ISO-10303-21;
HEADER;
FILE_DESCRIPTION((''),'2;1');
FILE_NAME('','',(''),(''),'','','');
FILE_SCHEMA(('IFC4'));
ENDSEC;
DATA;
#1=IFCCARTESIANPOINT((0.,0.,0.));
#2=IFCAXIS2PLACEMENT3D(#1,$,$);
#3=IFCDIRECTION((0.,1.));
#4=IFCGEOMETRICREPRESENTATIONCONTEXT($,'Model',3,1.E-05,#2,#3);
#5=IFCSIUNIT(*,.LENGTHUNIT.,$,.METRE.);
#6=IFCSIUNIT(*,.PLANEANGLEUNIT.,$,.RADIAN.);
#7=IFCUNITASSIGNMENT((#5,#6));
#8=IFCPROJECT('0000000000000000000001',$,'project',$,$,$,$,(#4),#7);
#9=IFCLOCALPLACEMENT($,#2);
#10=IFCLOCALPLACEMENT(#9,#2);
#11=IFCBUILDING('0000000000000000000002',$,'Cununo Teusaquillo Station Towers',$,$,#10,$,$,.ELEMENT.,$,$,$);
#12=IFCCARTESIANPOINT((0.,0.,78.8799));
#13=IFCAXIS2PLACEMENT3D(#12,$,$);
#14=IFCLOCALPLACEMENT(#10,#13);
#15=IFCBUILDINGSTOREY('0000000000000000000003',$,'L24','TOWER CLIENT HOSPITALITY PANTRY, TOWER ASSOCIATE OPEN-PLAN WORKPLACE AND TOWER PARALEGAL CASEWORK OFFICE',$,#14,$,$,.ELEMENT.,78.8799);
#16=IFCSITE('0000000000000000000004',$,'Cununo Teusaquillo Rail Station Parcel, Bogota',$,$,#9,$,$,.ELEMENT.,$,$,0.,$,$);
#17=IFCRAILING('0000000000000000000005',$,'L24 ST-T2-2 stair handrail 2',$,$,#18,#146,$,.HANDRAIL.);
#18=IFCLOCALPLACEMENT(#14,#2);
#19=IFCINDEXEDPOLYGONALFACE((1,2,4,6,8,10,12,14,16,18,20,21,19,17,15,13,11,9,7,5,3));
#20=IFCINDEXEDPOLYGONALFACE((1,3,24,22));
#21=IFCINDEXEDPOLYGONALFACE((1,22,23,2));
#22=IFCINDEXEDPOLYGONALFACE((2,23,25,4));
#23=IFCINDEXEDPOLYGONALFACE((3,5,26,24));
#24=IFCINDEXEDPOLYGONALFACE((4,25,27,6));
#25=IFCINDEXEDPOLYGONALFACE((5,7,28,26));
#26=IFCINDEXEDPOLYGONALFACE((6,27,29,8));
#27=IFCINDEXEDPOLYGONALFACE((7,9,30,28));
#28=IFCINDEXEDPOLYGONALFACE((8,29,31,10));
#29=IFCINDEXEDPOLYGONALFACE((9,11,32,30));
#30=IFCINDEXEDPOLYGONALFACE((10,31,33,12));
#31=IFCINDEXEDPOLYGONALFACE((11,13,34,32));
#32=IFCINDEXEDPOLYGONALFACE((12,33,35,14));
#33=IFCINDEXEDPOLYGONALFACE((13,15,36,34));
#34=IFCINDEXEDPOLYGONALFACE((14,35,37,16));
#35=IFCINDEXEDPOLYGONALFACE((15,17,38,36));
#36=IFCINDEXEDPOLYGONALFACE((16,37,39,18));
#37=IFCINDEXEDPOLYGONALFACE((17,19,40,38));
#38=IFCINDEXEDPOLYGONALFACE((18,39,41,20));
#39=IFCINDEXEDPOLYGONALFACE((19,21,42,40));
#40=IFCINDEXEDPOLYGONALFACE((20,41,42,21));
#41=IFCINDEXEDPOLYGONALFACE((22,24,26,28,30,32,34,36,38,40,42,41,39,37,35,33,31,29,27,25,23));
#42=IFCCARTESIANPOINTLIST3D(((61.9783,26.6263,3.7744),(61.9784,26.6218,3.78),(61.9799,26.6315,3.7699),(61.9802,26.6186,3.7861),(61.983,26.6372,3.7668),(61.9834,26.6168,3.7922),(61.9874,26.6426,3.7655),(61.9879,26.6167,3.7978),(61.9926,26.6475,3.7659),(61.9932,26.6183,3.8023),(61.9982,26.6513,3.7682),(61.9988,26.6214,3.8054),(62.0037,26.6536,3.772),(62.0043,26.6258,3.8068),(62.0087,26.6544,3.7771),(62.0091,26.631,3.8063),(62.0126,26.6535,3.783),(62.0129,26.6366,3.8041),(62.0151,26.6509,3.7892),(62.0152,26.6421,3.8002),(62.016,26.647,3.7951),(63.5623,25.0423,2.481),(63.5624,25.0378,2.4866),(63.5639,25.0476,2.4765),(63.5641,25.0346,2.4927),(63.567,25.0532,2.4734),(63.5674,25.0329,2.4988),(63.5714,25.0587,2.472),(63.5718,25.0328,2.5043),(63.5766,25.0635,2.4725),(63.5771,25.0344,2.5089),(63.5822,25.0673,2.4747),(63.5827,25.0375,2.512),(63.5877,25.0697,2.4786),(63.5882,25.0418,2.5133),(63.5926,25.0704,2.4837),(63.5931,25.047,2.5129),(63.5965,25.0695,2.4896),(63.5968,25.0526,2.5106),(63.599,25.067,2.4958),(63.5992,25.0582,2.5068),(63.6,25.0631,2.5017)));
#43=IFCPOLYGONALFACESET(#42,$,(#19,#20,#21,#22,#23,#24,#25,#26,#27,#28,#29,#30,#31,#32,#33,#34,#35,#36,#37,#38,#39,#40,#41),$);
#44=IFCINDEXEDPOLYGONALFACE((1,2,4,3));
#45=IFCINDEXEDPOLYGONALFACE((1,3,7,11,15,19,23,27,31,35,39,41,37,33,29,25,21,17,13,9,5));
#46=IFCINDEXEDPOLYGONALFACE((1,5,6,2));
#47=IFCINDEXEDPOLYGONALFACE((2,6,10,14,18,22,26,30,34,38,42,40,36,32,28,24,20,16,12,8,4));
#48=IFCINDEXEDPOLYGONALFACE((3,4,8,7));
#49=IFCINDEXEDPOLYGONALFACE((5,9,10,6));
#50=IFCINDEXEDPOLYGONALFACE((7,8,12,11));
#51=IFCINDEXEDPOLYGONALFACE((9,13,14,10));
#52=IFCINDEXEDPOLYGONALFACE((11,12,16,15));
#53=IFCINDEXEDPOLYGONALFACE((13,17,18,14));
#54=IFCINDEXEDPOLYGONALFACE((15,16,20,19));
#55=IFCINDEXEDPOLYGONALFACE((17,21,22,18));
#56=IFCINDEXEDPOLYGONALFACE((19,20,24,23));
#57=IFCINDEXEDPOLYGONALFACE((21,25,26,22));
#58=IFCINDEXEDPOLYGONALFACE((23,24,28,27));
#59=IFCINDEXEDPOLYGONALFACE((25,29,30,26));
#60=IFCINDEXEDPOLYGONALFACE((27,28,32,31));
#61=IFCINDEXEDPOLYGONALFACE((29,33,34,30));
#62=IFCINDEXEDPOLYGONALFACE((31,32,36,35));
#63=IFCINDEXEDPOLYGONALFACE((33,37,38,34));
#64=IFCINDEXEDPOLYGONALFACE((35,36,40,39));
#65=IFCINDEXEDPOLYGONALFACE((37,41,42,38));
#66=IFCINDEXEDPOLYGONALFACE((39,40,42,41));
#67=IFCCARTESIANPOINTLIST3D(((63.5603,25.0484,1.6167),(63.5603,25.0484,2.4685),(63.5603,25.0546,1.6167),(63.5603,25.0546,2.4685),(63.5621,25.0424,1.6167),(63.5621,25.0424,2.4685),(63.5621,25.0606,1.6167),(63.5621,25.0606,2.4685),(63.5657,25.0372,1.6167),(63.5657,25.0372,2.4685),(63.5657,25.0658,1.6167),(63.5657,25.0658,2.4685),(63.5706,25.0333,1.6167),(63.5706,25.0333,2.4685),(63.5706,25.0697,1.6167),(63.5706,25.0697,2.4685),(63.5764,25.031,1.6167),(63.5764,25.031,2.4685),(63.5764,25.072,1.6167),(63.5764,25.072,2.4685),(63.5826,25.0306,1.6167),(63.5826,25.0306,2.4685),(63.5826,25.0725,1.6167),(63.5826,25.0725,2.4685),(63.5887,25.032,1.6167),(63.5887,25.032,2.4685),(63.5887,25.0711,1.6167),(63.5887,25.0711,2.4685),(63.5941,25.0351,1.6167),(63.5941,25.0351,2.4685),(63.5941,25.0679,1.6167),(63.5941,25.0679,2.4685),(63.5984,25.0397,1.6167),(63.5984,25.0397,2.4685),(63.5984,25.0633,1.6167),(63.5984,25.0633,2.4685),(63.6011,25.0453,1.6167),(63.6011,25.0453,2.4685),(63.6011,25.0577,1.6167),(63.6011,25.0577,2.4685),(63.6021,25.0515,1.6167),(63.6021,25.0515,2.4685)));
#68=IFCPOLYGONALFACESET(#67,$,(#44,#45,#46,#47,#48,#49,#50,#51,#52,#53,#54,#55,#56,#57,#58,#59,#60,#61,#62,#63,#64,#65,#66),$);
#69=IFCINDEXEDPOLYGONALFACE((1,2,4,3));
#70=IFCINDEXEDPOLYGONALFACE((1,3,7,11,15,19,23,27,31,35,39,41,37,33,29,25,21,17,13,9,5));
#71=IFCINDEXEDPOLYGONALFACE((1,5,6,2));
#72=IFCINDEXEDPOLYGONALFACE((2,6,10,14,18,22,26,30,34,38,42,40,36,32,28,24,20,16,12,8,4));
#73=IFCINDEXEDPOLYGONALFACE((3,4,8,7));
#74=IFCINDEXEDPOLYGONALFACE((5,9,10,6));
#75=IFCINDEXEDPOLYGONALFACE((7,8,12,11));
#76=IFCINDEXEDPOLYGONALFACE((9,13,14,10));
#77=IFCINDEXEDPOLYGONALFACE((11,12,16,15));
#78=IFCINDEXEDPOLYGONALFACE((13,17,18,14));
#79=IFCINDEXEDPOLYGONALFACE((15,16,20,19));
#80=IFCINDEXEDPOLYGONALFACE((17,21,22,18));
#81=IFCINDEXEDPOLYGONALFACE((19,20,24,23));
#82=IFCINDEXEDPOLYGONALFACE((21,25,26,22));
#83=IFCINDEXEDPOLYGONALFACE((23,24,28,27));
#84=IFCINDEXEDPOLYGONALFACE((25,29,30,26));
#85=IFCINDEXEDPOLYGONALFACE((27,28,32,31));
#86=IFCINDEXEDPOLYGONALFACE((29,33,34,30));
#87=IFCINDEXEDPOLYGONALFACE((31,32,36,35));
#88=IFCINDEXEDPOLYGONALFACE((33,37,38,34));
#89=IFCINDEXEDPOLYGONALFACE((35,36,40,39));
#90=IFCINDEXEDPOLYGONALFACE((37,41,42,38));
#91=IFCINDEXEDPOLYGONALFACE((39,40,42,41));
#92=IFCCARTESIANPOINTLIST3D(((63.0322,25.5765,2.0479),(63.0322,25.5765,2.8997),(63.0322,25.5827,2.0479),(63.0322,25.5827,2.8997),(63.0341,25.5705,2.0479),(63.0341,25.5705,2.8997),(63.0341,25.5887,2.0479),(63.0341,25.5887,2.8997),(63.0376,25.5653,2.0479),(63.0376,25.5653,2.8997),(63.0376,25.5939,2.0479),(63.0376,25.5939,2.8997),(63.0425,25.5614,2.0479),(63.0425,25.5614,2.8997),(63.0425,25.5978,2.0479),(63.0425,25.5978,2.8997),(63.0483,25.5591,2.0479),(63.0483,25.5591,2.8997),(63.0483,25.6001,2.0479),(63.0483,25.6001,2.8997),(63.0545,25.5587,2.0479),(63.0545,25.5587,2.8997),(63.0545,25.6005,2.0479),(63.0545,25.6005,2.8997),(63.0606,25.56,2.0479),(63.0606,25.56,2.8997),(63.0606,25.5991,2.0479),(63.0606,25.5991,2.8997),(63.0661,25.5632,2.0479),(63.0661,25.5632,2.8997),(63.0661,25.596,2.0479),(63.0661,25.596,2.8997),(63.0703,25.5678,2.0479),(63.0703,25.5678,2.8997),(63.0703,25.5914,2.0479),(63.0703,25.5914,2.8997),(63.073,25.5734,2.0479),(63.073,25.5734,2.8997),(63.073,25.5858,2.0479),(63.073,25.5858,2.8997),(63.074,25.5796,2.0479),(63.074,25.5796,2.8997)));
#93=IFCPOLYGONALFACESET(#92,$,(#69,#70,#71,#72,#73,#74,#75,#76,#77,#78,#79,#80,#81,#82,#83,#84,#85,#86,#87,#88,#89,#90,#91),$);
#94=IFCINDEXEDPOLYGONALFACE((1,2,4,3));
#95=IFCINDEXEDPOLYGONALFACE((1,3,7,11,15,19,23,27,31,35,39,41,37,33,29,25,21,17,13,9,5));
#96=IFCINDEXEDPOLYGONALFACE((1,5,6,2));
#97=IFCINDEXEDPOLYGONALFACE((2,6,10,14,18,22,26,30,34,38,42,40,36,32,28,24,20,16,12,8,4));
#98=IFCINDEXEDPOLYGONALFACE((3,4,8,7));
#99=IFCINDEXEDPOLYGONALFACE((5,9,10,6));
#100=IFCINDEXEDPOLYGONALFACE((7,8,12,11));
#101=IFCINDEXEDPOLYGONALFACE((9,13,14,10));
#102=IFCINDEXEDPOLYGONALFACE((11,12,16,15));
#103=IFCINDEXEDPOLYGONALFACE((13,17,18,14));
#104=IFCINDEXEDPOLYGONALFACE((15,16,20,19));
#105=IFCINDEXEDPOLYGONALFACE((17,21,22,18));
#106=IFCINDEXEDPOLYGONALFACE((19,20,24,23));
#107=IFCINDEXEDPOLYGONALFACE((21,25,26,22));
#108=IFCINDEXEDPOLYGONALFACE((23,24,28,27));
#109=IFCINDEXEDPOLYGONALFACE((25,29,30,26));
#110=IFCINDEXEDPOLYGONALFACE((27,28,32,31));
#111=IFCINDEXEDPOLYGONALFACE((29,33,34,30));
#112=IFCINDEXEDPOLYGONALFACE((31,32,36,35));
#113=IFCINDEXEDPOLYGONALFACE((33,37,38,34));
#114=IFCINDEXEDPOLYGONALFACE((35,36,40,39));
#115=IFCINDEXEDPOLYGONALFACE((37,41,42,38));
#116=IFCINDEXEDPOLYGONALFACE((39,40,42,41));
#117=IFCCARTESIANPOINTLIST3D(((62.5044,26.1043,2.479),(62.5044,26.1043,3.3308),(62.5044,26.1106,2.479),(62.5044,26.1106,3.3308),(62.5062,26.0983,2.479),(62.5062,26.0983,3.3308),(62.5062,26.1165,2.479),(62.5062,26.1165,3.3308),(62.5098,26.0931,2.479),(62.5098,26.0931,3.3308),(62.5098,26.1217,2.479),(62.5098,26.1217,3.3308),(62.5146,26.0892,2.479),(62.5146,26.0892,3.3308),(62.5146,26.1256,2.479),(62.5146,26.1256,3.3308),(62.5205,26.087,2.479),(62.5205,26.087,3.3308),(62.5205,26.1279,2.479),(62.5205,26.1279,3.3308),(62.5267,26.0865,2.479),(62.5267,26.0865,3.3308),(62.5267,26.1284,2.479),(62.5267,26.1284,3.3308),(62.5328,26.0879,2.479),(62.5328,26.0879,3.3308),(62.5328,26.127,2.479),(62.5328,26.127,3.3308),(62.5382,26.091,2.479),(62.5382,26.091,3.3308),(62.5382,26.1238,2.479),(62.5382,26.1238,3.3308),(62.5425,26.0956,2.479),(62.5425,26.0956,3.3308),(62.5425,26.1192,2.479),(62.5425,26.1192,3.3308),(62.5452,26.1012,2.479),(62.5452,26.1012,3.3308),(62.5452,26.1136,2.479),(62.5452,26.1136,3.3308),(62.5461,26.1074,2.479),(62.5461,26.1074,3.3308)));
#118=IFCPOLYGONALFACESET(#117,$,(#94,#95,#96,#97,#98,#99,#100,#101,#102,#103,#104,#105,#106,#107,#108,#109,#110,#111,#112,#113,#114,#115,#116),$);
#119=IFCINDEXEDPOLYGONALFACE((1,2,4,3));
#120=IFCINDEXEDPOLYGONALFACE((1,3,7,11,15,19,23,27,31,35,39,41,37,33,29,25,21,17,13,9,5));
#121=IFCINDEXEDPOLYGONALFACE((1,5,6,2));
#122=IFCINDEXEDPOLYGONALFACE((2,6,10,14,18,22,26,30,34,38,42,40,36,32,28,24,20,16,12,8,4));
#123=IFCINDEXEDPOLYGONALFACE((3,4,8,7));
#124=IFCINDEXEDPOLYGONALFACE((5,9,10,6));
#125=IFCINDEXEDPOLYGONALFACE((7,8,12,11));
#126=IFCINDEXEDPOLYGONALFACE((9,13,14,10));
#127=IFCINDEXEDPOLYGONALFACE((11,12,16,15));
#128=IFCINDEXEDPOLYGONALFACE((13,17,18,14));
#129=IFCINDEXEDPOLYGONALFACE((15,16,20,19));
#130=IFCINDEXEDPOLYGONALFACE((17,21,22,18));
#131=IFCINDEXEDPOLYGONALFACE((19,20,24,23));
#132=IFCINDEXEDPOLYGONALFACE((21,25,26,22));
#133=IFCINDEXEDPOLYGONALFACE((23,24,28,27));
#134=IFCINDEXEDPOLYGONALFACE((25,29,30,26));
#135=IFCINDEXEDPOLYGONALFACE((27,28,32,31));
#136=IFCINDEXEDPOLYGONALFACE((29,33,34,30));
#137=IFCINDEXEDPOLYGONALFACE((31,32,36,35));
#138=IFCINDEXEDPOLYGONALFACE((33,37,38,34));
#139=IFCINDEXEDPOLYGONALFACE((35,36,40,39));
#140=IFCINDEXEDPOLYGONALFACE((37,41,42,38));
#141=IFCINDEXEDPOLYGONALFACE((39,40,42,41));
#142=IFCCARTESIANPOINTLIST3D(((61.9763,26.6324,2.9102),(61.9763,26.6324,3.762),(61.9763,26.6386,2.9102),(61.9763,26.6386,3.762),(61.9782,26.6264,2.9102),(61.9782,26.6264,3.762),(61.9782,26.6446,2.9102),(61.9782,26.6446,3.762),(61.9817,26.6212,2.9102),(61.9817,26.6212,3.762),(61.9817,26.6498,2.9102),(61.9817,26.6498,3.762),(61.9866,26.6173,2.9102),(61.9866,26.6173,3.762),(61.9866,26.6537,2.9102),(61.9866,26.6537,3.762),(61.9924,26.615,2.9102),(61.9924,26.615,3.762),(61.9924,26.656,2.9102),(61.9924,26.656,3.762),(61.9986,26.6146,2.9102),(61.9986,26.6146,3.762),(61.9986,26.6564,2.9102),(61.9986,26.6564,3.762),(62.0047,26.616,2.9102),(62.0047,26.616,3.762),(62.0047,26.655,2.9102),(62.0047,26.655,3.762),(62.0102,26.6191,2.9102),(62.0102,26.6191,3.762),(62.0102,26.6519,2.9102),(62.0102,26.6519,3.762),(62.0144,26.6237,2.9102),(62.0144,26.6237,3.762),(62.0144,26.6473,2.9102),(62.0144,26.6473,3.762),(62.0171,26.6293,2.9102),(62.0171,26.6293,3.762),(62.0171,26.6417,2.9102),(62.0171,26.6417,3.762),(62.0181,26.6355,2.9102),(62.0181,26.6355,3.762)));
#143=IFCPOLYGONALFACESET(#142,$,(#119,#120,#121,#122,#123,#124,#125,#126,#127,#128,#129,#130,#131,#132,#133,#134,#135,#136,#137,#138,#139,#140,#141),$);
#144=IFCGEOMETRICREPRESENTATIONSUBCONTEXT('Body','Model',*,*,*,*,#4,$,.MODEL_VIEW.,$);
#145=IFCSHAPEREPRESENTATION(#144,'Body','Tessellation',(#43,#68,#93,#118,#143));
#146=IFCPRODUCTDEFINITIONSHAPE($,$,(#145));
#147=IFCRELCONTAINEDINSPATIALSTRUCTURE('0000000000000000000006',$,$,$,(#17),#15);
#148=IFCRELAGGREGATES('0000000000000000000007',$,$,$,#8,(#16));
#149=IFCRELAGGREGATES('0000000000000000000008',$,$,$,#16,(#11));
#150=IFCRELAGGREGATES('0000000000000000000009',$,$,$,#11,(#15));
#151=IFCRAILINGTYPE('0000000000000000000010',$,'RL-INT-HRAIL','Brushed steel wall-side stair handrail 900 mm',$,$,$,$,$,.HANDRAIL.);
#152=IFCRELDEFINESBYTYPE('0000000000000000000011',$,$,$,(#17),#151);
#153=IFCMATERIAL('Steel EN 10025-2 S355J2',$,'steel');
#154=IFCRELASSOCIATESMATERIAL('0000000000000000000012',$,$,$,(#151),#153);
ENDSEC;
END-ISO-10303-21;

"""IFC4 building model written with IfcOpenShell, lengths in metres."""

from ifc_helpers import new_model, si_unit, direction, frame, origin, origin_2d, place, context, subcontext, project, spatial, circle, extrude, material, type_object, element, save


model = new_model("IFC4")

# Units and contexts
model_context = context("Model", 3, precision=1e-05, world=origin(), true_north=direction((0.0, 1.0)))
body_context = subcontext(model_context, "Body", "Model", "MODEL_VIEW")
ifc_project = project(units=[si_unit("LENGTHUNIT", "METRE"), si_unit("PLANEANGLEUNIT", "RADIAN")], contexts=[model_context])

# Site, building, storey
site_placement = place(None, origin())
site = spatial("IfcSite", under=ifc_project, at=site_placement, Name="Cununo Teusaquillo Rail Station Parcel, Bogota", CompositionType="ELEMENT", RefElevation=0.0)
building_placement = place(site_placement, origin())
building = spatial("IfcBuilding", under=site, at=building_placement, Name="Cununo Teusaquillo Station Towers", CompositionType="ELEMENT")
storey_placement = place(building_placement, frame((0.0, 0.0, 78.8799)))
storey = spatial("IfcBuildingStorey", under=building, at=storey_placement, Name="L24", Description="TOWER CLIENT HOSPITALITY PANTRY, TOWER ASSOCIATE OPEN-PLAN WORKPLACE AND TOWER PARALEGAL CASEWORK OFFICE", CompositionType="ELEMENT", Elevation=78.8799)

# Railing
ifc_material_1 = material(Name="Steel EN 10025-2 S355J2", Category="steel")
railing_type_1 = type_object("IfcRailingType", Name="RL-INT-HRAIL", Description="Brushed steel wall-side stair handrail 900 mm", PredefinedType="HANDRAIL", material=ifc_material_1)
railing_1_placement = place(storey_placement, frame((63.5811, 25.0515, 1.6167)))
element("IfcRailing", 1, at=railing_1_placement, inside=storey, type_object=railing_type_1, Name="L24 ST-T2-2 stair handrail 2", PredefinedType="HANDRAIL", context=body_context, shape_type="SweptSolid", body=[
    extrude(circle(Radius=0.0239, at=origin_2d()), frame((0.0, 0.0, 0.876), z_axis=(-0.612356, 0.612356, 0.50004), x_axis=(-0.707107, -0.707107, 0.0)), (0.0, 0.0, 1.0), 2.5867),
    extrude(circle(Radius=0.021, at=origin_2d()), origin(), (0.0, 0.0, 1.0), 0.8518),
    extrude(circle(Radius=0.021, at=origin_2d()), frame((-0.5281, 0.5281, 0.4312)), (0.0, 0.0, 1.0), 0.8518),
    extrude(circle(Radius=0.021, at=origin_2d()), frame((-1.0559, 1.0559, 0.8623)), (0.0, 0.0, 1.0), 0.8518),
    extrude(circle(Radius=0.021, at=origin_2d()), frame((-1.584, 1.584, 1.2935)), (0.0, 0.0, 1.0), 0.8518),
])

save(model, "model.ifc")
